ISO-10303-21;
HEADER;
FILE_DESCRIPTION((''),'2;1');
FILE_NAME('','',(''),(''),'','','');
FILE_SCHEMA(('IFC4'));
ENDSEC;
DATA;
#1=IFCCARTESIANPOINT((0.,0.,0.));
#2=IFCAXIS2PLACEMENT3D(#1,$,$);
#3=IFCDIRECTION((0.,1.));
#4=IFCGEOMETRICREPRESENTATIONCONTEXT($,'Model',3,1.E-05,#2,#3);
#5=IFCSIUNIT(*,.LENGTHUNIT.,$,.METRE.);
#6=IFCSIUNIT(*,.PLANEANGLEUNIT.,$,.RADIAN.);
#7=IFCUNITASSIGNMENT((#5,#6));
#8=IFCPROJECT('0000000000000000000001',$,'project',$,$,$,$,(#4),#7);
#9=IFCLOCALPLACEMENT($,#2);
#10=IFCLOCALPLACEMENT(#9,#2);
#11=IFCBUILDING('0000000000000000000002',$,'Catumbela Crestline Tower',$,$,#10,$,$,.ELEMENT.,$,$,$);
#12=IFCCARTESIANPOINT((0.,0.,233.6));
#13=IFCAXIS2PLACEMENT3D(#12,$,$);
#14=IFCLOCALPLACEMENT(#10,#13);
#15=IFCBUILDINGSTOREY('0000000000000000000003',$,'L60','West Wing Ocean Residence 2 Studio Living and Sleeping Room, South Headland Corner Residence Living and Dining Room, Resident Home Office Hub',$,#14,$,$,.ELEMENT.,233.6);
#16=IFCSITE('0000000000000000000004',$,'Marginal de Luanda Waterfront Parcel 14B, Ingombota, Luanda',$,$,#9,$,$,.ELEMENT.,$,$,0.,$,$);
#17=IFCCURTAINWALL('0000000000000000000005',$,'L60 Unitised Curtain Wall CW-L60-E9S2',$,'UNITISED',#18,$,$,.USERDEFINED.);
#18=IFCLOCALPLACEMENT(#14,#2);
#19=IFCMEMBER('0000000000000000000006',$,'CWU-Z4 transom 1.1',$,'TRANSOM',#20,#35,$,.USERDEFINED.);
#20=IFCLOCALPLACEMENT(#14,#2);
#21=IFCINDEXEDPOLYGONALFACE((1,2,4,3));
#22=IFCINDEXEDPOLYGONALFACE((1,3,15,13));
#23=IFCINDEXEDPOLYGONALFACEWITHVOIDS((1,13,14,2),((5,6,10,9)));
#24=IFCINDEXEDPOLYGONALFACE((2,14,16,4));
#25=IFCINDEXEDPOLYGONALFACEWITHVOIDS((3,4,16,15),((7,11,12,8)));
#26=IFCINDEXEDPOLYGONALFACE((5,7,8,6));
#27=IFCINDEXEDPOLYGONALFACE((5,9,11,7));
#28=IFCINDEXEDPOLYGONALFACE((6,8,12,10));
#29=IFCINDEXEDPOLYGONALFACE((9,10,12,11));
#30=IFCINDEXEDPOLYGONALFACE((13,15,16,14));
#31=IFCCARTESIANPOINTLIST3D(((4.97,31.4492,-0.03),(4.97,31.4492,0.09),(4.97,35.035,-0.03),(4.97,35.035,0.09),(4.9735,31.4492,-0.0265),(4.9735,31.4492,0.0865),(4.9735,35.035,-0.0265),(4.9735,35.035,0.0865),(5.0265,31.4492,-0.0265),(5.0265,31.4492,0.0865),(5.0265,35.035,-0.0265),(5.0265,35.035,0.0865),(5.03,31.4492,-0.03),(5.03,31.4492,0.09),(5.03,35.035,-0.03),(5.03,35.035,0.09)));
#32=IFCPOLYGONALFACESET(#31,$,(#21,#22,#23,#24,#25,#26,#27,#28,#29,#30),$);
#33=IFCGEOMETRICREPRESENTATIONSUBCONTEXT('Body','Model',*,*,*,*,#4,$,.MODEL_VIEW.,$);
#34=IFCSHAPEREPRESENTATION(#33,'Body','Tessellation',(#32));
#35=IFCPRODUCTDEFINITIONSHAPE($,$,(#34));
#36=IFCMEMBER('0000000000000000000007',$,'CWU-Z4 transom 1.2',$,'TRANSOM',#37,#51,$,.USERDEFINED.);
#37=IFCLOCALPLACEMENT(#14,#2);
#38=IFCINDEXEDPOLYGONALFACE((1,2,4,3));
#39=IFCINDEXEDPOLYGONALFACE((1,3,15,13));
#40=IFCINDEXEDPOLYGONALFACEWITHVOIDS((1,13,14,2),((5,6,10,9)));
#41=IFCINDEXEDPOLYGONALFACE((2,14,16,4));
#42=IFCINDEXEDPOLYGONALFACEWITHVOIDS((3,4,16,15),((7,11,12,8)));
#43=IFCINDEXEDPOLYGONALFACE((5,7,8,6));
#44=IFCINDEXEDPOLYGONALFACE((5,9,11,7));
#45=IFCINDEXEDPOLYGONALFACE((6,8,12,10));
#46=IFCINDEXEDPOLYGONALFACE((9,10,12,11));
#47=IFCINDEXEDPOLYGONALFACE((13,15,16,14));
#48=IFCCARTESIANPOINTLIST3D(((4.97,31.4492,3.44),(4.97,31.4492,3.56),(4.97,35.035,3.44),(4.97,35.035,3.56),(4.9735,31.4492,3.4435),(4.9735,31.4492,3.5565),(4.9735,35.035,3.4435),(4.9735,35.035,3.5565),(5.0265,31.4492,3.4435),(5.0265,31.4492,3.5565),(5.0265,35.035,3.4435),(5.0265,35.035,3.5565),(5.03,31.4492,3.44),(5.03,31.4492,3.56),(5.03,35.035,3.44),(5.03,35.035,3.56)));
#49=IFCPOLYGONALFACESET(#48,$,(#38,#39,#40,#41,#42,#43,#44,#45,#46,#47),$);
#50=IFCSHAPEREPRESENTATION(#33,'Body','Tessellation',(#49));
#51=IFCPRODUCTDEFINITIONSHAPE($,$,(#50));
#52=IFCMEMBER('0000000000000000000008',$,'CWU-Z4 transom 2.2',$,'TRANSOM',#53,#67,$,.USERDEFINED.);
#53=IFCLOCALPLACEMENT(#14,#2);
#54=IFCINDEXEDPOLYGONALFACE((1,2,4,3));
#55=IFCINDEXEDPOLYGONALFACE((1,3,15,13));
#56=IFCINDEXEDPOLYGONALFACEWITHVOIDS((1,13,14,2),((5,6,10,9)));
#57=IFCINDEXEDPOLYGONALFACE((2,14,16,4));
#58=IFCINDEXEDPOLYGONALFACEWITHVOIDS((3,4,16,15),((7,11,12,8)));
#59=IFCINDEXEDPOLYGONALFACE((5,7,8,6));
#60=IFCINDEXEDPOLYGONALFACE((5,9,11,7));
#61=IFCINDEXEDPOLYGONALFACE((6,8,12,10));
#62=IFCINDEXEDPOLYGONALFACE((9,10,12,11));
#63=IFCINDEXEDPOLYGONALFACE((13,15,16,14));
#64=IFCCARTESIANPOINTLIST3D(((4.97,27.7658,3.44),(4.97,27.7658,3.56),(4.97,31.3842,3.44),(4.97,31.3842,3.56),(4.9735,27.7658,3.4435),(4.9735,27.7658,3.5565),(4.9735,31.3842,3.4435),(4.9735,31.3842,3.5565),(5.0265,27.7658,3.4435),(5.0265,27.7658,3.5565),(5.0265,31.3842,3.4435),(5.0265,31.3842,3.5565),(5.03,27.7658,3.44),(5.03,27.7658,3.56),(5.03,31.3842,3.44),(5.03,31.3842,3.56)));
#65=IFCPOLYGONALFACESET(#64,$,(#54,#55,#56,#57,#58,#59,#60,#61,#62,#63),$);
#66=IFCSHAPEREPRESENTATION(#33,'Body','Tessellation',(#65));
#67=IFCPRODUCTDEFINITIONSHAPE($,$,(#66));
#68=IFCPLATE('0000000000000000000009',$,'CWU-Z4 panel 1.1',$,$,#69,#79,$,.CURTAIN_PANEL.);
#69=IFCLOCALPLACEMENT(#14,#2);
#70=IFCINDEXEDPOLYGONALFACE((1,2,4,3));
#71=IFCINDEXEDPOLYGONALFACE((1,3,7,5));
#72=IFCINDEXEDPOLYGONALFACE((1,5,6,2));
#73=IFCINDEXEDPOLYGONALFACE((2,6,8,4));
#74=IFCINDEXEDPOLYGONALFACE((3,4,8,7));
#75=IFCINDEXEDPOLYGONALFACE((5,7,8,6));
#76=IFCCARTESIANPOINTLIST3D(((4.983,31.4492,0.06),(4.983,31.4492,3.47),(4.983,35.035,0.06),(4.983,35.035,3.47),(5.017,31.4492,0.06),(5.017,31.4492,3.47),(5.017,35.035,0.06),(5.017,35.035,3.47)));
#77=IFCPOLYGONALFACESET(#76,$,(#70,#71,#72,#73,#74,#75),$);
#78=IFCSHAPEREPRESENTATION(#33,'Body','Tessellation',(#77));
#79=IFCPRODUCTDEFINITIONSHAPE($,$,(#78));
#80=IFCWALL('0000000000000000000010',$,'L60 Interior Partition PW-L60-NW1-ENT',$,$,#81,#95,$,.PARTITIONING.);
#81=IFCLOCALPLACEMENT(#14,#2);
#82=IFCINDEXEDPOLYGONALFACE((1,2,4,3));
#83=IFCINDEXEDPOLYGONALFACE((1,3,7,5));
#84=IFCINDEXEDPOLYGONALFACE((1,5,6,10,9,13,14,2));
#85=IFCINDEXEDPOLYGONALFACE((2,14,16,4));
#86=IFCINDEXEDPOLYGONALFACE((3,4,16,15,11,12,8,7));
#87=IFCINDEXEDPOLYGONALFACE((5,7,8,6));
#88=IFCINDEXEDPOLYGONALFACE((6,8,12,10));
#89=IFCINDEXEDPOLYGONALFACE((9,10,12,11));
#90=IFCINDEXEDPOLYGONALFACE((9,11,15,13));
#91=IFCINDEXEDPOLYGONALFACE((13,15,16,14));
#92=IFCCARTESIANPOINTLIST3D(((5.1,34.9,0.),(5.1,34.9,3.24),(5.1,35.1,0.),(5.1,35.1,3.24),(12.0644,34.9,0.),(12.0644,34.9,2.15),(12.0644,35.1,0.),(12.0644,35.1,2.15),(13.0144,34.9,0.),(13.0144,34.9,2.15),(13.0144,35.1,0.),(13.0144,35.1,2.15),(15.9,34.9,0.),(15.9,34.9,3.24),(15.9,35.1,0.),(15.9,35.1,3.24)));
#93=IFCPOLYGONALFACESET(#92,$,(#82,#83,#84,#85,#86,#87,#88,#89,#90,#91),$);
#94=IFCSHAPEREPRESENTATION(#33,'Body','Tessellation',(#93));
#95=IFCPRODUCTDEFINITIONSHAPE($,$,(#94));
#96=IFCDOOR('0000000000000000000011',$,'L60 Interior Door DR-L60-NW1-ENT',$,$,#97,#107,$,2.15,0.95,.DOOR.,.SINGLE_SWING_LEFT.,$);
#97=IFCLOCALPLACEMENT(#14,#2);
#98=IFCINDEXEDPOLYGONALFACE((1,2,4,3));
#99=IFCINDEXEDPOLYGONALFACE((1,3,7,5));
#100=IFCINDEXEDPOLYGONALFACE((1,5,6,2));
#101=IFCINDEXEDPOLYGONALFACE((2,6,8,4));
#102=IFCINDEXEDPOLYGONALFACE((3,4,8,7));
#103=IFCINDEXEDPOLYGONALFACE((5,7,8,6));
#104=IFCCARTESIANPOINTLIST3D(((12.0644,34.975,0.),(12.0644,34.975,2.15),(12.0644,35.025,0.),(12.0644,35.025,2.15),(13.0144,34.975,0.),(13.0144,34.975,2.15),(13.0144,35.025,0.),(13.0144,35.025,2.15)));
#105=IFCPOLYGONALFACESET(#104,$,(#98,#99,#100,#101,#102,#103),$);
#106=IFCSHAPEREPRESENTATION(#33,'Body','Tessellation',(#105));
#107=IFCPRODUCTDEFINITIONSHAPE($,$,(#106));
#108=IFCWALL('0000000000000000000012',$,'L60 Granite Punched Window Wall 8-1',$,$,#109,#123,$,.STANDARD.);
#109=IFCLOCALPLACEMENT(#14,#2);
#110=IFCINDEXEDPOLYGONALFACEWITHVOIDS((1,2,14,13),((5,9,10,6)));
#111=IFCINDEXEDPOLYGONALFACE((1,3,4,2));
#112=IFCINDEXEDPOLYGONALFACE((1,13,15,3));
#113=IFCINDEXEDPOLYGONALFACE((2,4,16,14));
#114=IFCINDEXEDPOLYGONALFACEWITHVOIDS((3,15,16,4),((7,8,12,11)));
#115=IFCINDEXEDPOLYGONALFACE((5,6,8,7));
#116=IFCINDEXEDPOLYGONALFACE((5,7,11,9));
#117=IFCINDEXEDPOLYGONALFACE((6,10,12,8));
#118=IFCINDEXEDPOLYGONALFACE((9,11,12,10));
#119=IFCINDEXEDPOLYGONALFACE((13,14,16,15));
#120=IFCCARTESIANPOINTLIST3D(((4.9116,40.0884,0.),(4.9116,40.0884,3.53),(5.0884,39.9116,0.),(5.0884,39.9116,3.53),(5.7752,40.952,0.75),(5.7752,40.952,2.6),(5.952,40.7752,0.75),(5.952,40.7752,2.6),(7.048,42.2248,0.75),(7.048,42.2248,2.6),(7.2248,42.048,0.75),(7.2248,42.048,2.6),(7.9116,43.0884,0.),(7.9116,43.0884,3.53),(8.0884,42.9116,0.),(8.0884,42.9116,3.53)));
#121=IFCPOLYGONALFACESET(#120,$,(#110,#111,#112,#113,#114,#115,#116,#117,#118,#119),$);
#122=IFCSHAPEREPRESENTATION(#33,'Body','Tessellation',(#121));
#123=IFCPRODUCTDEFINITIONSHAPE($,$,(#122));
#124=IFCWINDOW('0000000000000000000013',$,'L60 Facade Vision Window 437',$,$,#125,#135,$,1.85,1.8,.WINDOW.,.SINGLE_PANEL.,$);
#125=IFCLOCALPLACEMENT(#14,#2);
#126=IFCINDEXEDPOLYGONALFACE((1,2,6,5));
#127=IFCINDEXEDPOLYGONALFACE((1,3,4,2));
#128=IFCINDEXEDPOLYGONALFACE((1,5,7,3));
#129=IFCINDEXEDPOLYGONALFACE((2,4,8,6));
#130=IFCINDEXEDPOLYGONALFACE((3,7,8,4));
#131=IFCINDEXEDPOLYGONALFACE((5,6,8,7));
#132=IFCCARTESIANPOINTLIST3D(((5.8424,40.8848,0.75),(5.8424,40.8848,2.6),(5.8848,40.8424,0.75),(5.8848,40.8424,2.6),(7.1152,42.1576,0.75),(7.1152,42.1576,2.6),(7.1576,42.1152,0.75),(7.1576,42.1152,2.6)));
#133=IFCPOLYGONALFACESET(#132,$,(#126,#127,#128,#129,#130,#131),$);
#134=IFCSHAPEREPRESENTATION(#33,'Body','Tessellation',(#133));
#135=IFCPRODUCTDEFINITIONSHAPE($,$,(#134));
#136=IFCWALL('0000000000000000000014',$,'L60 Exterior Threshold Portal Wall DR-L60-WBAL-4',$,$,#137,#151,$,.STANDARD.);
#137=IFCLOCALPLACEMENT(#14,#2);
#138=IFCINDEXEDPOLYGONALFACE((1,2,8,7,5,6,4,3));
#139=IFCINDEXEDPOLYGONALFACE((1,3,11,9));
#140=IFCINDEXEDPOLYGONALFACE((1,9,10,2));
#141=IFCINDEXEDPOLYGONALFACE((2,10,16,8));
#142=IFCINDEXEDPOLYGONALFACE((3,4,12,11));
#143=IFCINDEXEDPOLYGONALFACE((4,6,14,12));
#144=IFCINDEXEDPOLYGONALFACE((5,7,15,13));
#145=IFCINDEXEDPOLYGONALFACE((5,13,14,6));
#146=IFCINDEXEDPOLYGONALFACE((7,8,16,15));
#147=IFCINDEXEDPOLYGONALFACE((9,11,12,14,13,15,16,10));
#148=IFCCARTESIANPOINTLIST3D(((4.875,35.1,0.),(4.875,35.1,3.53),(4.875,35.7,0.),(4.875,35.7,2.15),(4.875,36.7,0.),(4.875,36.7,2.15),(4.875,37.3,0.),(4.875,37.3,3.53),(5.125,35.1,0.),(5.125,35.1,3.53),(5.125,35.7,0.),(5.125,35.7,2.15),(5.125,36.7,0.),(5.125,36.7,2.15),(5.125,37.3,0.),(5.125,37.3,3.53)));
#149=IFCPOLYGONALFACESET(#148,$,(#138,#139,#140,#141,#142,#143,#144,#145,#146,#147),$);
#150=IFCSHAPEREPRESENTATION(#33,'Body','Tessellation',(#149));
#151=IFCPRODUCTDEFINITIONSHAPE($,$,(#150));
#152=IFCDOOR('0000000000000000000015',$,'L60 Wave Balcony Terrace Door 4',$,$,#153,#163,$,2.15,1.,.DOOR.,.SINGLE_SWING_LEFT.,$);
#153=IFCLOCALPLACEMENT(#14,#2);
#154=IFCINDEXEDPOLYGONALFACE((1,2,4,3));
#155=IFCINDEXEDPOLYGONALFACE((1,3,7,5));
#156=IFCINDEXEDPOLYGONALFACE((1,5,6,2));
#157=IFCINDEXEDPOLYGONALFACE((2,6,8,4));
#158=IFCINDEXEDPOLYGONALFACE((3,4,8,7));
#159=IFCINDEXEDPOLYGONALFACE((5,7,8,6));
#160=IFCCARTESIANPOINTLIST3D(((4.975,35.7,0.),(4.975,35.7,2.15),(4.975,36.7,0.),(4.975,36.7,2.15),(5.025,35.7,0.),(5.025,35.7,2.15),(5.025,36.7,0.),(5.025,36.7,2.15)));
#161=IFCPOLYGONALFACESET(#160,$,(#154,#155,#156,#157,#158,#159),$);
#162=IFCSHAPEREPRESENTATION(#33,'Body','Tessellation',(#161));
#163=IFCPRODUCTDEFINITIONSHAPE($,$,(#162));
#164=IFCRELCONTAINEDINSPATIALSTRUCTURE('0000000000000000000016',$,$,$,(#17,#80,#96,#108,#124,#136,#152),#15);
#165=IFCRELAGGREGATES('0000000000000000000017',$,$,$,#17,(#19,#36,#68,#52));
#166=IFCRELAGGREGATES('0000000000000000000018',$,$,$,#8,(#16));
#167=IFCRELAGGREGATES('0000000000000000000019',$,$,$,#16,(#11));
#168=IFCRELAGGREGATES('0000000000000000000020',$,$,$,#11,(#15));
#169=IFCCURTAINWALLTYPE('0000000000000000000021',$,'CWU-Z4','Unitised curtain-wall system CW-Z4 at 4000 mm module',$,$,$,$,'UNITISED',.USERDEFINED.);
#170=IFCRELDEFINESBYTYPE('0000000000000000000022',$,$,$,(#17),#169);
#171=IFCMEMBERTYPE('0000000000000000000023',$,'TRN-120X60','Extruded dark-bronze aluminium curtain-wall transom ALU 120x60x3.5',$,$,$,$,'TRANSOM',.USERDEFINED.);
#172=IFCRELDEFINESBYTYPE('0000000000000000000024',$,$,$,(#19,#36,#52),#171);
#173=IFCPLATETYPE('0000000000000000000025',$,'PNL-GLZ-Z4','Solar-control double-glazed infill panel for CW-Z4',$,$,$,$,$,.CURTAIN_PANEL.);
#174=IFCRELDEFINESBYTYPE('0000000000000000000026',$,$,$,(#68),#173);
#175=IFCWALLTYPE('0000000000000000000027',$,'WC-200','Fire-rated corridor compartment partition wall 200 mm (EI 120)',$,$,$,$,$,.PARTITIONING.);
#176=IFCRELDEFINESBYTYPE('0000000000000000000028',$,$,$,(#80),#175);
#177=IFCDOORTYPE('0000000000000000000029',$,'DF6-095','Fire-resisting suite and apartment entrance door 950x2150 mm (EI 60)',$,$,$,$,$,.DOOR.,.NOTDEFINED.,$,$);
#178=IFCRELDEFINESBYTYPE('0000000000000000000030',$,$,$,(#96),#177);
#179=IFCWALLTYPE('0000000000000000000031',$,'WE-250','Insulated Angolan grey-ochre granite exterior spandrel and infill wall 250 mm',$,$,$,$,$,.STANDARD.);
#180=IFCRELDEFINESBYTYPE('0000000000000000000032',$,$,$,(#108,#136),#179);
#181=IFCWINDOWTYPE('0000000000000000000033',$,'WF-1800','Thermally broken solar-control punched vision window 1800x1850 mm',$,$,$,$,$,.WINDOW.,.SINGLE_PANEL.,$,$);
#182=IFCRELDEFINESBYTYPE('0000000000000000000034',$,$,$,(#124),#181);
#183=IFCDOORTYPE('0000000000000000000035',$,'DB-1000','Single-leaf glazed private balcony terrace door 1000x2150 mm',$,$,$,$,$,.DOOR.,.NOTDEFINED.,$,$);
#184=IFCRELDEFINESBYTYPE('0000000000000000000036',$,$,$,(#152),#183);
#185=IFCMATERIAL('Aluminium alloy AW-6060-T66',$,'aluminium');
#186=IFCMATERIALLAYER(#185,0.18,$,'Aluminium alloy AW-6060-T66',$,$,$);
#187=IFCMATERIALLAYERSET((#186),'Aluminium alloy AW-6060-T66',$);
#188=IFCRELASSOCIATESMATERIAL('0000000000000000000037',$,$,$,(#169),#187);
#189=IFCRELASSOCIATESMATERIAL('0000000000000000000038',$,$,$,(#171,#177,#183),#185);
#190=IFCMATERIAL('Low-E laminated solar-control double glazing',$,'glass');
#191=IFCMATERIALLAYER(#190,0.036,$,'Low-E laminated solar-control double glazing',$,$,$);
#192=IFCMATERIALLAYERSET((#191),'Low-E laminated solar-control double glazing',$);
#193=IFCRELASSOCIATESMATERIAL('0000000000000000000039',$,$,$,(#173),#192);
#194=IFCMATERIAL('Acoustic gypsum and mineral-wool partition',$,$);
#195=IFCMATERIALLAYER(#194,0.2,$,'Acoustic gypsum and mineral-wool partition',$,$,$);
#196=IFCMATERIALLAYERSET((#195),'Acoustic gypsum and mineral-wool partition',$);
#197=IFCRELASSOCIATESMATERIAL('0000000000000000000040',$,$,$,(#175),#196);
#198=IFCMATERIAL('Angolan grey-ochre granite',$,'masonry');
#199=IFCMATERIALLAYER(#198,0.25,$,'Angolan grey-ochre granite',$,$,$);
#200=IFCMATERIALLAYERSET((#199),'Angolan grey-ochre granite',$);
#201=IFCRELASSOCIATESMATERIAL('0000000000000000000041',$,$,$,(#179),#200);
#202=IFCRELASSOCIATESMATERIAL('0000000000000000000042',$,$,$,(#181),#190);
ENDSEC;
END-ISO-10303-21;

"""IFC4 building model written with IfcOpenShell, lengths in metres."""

from ifc_helpers import new_model, si_unit, direction, frame, frame_2d, origin, origin_2d, place, context, subcontext, project, spatial, rectangle, hollow_rectangle, extrude, material, layer, layer_set, material_profile, profile_set, type_object, element, fill, aggregate, save


model = new_model("IFC4")

# Units and contexts
model_context = context("Model", 3, precision=1e-05, world=origin(), true_north=direction((0.0, 1.0)))
body_context = subcontext(model_context, "Body", "Model", "MODEL_VIEW")
ifc_project = project(units=[si_unit("LENGTHUNIT", "METRE"), si_unit("PLANEANGLEUNIT", "RADIAN")], contexts=[model_context])

# Site, building, storey
site_placement = place(None, origin())
site = spatial("IfcSite", under=ifc_project, at=site_placement, Name="Marginal de Luanda Waterfront Parcel 14B, Ingombota, Luanda", CompositionType="ELEMENT", RefElevation=0.0)
building_placement = place(site_placement, origin())
building = spatial("IfcBuilding", under=site, at=building_placement, Name="Catumbela Crestline Tower", CompositionType="ELEMENT")
storey_placement = place(building_placement, frame((0.0, 0.0, 233.6)))
storey = spatial("IfcBuildingStorey", under=building, at=storey_placement, Name="L60", Description="West Wing Ocean Residence 2 Studio Living and Sleeping Room, South Headland Corner Residence Living and Dining Room, Resident Home Office Hub", CompositionType="ELEMENT", Elevation=233.6)

# Shared definitions
ifc_material_1 = material(Name="Aluminium alloy AW-6060-T66", Category="aluminium")
ifc_layer_1 = layer(ifc_material_1, 0.18, Name="Aluminium alloy AW-6060-T66")
ifc_layer_set_1 = layer_set([ifc_layer_1], Name="Aluminium alloy AW-6060-T66")
curtain_wall_type = type_object("IfcCurtainWallType", Name="CWU-Z4", Description="Unitised curtain-wall system CW-Z4 at 4000 mm module", ElementType="UNITISED", PredefinedType="USERDEFINED", material=ifc_layer_set_1)

# Curtain wall
curtain_wall_1_placement = place(storey_placement, origin())
curtain_wall_1 = element("IfcCurtainWall", 1, at=curtain_wall_1_placement, inside=storey, type_object=curtain_wall_type, Name="L60 Unitised Curtain Wall CW-L60-E9S2", ObjectType="UNITISED", PredefinedType="USERDEFINED")

# Members
ifc_material_profile_1 = material_profile(ifc_material_1, hollow_rectangle(XDim=0.06, YDim=0.12, WallThickness=0.0035, at=origin_2d()), Name="ALU 120x60x3.5")
ifc_profile_set_1 = profile_set([ifc_material_profile_1], Name="Aluminium alloy AW-6060-T66")
member_type_1 = type_object("IfcMemberType", Name="TRN-120X60", Description="Extruded dark-bronze aluminium curtain-wall transom ALU 120x60x3.5", ElementType="TRANSOM", PredefinedType="USERDEFINED", material=ifc_profile_set_1)
member_1_placement = place(storey_placement, frame((5.0, 35.035, 0.03), z_axis=(0.0, -1.0, 0.0), x_axis=(1.0, 0.0, 0.0)))
member_1 = element("IfcMember", 2, at=member_1_placement, type_object=member_type_1, Name="CWU-Z4 transom 1.1", ObjectType="TRANSOM", PredefinedType="USERDEFINED", context=body_context, shape_type="SweptSolid", body=[
    extrude(hollow_rectangle(XDim=0.06, YDim=0.12, WallThickness=0.0035, at=origin_2d()), origin(), (0.0, 0.0, 1.0), 3.5858),
])
member_2_placement = place(storey_placement, frame((5.0, 35.035, 3.5), z_axis=(0.0, -1.0, 0.0), x_axis=(1.0, 0.0, 0.0)))
member_2 = element("IfcMember", 3, at=member_2_placement, type_object=member_type_1, Name="CWU-Z4 transom 1.2", ObjectType="TRANSOM", PredefinedType="USERDEFINED", context=body_context, shape_type="SweptSolid", body=[
    extrude(hollow_rectangle(XDim=0.06, YDim=0.12, WallThickness=0.0035, at=origin_2d()), origin(), (0.0, 0.0, 1.0), 3.5858),
])
member_3_placement = place(storey_placement, frame((5.0, 31.3842, 3.5), z_axis=(0.0, -1.0, 0.0), x_axis=(1.0, 0.0, 0.0)))
member_3 = element("IfcMember", 4, at=member_3_placement, type_object=member_type_1, Name="CWU-Z4 transom 2.2", ObjectType="TRANSOM", PredefinedType="USERDEFINED", context=body_context, shape_type="SweptSolid", body=[
    extrude(hollow_rectangle(XDim=0.06, YDim=0.12, WallThickness=0.0035, at=origin_2d()), origin(), (0.0, 0.0, 1.0), 3.6184),
])

# Plate
ifc_material_2 = material(Name="Low-E laminated solar-control double glazing", Category="glass")
ifc_layer_2 = layer(ifc_material_2, 0.036, Name="Low-E laminated solar-control double glazing")
ifc_layer_set_2 = layer_set([ifc_layer_2], Name="Low-E laminated solar-control double glazing")
plate_type = type_object("IfcPlateType", Name="PNL-GLZ-Z4", Description="Solar-control double-glazed infill panel for CW-Z4", PredefinedType="CURTAIN_PANEL", material=ifc_layer_set_2)
plate_placement = place(storey_placement, frame((5.0, 33.2421, 0.06), z_axis=(0.0, 0.0, 1.0), x_axis=(0.0, -1.0, 0.0)))
plate = element("IfcPlate", 5, at=plate_placement, type_object=plate_type, Name="CWU-Z4 panel 1.1", PredefinedType="CURTAIN_PANEL", context=body_context, shape_type="SweptSolid", body=[
    extrude(rectangle(XDim=3.5858, YDim=0.034, at=origin_2d()), origin(), (0.0, 0.0, 1.0), 3.41),
])
aggregate(curtain_wall_1, [member_1, member_2, plate, member_3])

# Wall, opening, door
ifc_material_3 = material(Name="Acoustic gypsum and mineral-wool partition")
ifc_layer_3 = layer(ifc_material_3, 0.2, Name="Acoustic gypsum and mineral-wool partition")
ifc_layer_set_3 = layer_set([ifc_layer_3], Name="Acoustic gypsum and mineral-wool partition")
wall_type_1 = type_object("IfcWallType", Name="WC-200", Description="Fire-rated corridor compartment partition wall 200 mm (EI 120)", PredefinedType="PARTITIONING", material=ifc_layer_set_3)
wall_1_placement = place(storey_placement, frame((5.1, 35.0, 0.0), z_axis=(0.0, 0.0, 1.0), x_axis=(1.0, 0.0, 0.0)))
wall_1 = element("IfcWall", 6, at=wall_1_placement, inside=storey, type_object=wall_type_1, Name="L60 Interior Partition PW-L60-NW1-ENT", PredefinedType="PARTITIONING", context=body_context, shape_type="SweptSolid", body=[
    extrude(rectangle(XDim=10.8, YDim=0.2, at=frame_2d((5.4, 0.0))), origin(), (0.0, 0.0, 1.0), 3.24),
])
opening_1_placement = place(wall_1_placement, frame((6.9644, 0.0, 0.0)))
opening_1 = element("IfcOpeningElement", 7, at=opening_1_placement, cuts=wall_1, PredefinedType="OPENING", context=body_context, shape_type="SweptSolid", body=[
    extrude(rectangle(XDim=0.95, YDim=2.15, at=frame_2d((0.475, 1.075))), frame((0.0, 0.11, 0.0), z_axis=(0.0, -1.0, 0.0), x_axis=(1.0, 0.0, 0.0)), (0.0, 0.0, 1.0), 0.22),
])
door_type_1 = type_object("IfcDoorType", Name="DF6-095", Description="Fire-resisting suite and apartment entrance door 950x2150 mm (EI 60)", OperationType="NOTDEFINED", PredefinedType="DOOR", material=ifc_material_1)
door_1_placement = place(opening_1_placement, origin())
door_1 = element("IfcDoor", 8, at=door_1_placement, inside=storey, type_object=door_type_1, Name="L60 Interior Door DR-L60-NW1-ENT", OperationType="SINGLE_SWING_LEFT", OverallHeight=2.15, OverallWidth=0.95, PredefinedType="DOOR", context=body_context, shape_type="SweptSolid", body=[
    extrude(rectangle(XDim=0.95, YDim=2.15, at=frame_2d((0.475, 1.075))), frame((0.0, 0.025, 0.0), z_axis=(0.0, -1.0, 0.0), x_axis=(1.0, 0.0, 0.0)), (0.0, 0.0, 1.0), 0.05),
])
fill(opening_1, door_1)

# Wall, opening, window
ifc_material_4 = material(Name="Angolan grey-ochre granite", Category="masonry")
ifc_layer_4 = layer(ifc_material_4, 0.25, Name="Angolan grey-ochre granite")
ifc_layer_set_4 = layer_set([ifc_layer_4], Name="Angolan grey-ochre granite")
wall_type_2 = type_object("IfcWallType", Name="WE-250", Description="Insulated Angolan grey-ochre granite exterior spandrel and infill wall 250 mm", PredefinedType="STANDARD", material=ifc_layer_set_4)
wall_2_placement = place(storey_placement, frame((8.0, 43.0, 0.0), z_axis=(0.0, 0.0, 1.0), x_axis=(-0.707107, -0.707107, 0.0)))
wall_2 = element("IfcWall", 9, at=wall_2_placement, inside=storey, type_object=wall_type_2, Name="L60 Granite Punched Window Wall 8-1", PredefinedType="STANDARD", context=body_context, shape_type="SweptSolid", body=[
    extrude(rectangle(XDim=4.2426, YDim=0.25, at=frame_2d((2.1213, 0.0))), origin(), (0.0, 0.0, 1.0), 3.53),
])
opening_2_placement = place(wall_2_placement, frame((1.2213, 0.0, 0.75)))
opening_2 = element("IfcOpeningElement", 10, at=opening_2_placement, cuts=wall_2, PredefinedType="OPENING", context=body_context, shape_type="SweptSolid", body=[
    extrude(rectangle(XDim=1.8, YDim=1.85, at=frame_2d((0.9, 0.925))), frame((0.0, 0.135, 0.0), z_axis=(0.0, -1.0, 0.0), x_axis=(1.0, 0.0, 0.0)), (0.0, 0.0, 1.0), 0.27),
])
window_type_1 = type_object("IfcWindowType", Name="WF-1800", Description="Thermally broken solar-control punched vision window 1800x1850 mm", PartitioningType="SINGLE_PANEL", PredefinedType="WINDOW", material=ifc_material_2)
window_1_placement = place(opening_2_placement, origin())
window_1 = element("IfcWindow", 11, at=window_1_placement, inside=storey, type_object=window_type_1, Name="L60 Facade Vision Window 437", OverallHeight=1.85, OverallWidth=1.8, PartitioningType="SINGLE_PANEL", PredefinedType="WINDOW", context=body_context, shape_type="SweptSolid", body=[
    extrude(rectangle(XDim=1.8, YDim=1.85, at=frame_2d((0.9, 0.925))), frame((0.0, 0.03, 0.0), z_axis=(0.0, -1.0, 0.0), x_axis=(1.0, 0.0, 0.0)), (0.0, 0.0, 1.0), 0.06),
])
fill(opening_2, window_1)

# Wall, opening, door
wall_3_placement = place(storey_placement, frame((5.0, 37.3, 0.0), z_axis=(0.0, 0.0, 1.0), x_axis=(0.0, -1.0, 0.0)))
wall_3 = element("IfcWall", 12, at=wall_3_placement, inside=storey, type_object=wall_type_2, Name="L60 Exterior Threshold Portal Wall DR-L60-WBAL-4", PredefinedType="STANDARD", context=body_context, shape_type="SweptSolid", body=[
    extrude(rectangle(XDim=2.2, YDim=0.25, at=frame_2d((1.1, 0.0))), origin(), (0.0, 0.0, 1.0), 3.53),
])
opening_3_placement = place(wall_3_placement, frame((0.6, 0.0, 0.0)))
opening_3 = element("IfcOpeningElement", 13, at=opening_3_placement, cuts=wall_3, PredefinedType="OPENING", context=body_context, shape_type="SweptSolid", body=[
    extrude(rectangle(XDim=1.0, YDim=2.15, at=frame_2d((0.5, 1.075))), frame((0.0, 0.135, 0.0), z_axis=(0.0, -1.0, 0.0), x_axis=(1.0, 0.0, 0.0)), (0.0, 0.0, 1.0), 0.27),
])
door_type_2 = type_object("IfcDoorType", Name="DB-1000", Description="Single-leaf glazed private balcony terrace door 1000x2150 mm", OperationType="NOTDEFINED", PredefinedType="DOOR", material=ifc_material_1)
door_2_placement = place(opening_3_placement, origin())
door_2 = element("IfcDoor", 14, at=door_2_placement, inside=storey, type_object=door_type_2, Name="L60 Wave Balcony Terrace Door 4", OperationType="SINGLE_SWING_LEFT", OverallHeight=2.15, OverallWidth=1.0, PredefinedType="DOOR", context=body_context, shape_type="SweptSolid", body=[
    extrude(rectangle(XDim=1.0, YDim=2.15, at=frame_2d((0.5, 1.075))), frame((0.0, 0.025, 0.0), z_axis=(0.0, -1.0, 0.0), x_axis=(1.0, 0.0, 0.0)), (0.0, 0.0, 1.0), 0.05),
])
fill(opening_3, door_2)

save(model, "model.ifc")
